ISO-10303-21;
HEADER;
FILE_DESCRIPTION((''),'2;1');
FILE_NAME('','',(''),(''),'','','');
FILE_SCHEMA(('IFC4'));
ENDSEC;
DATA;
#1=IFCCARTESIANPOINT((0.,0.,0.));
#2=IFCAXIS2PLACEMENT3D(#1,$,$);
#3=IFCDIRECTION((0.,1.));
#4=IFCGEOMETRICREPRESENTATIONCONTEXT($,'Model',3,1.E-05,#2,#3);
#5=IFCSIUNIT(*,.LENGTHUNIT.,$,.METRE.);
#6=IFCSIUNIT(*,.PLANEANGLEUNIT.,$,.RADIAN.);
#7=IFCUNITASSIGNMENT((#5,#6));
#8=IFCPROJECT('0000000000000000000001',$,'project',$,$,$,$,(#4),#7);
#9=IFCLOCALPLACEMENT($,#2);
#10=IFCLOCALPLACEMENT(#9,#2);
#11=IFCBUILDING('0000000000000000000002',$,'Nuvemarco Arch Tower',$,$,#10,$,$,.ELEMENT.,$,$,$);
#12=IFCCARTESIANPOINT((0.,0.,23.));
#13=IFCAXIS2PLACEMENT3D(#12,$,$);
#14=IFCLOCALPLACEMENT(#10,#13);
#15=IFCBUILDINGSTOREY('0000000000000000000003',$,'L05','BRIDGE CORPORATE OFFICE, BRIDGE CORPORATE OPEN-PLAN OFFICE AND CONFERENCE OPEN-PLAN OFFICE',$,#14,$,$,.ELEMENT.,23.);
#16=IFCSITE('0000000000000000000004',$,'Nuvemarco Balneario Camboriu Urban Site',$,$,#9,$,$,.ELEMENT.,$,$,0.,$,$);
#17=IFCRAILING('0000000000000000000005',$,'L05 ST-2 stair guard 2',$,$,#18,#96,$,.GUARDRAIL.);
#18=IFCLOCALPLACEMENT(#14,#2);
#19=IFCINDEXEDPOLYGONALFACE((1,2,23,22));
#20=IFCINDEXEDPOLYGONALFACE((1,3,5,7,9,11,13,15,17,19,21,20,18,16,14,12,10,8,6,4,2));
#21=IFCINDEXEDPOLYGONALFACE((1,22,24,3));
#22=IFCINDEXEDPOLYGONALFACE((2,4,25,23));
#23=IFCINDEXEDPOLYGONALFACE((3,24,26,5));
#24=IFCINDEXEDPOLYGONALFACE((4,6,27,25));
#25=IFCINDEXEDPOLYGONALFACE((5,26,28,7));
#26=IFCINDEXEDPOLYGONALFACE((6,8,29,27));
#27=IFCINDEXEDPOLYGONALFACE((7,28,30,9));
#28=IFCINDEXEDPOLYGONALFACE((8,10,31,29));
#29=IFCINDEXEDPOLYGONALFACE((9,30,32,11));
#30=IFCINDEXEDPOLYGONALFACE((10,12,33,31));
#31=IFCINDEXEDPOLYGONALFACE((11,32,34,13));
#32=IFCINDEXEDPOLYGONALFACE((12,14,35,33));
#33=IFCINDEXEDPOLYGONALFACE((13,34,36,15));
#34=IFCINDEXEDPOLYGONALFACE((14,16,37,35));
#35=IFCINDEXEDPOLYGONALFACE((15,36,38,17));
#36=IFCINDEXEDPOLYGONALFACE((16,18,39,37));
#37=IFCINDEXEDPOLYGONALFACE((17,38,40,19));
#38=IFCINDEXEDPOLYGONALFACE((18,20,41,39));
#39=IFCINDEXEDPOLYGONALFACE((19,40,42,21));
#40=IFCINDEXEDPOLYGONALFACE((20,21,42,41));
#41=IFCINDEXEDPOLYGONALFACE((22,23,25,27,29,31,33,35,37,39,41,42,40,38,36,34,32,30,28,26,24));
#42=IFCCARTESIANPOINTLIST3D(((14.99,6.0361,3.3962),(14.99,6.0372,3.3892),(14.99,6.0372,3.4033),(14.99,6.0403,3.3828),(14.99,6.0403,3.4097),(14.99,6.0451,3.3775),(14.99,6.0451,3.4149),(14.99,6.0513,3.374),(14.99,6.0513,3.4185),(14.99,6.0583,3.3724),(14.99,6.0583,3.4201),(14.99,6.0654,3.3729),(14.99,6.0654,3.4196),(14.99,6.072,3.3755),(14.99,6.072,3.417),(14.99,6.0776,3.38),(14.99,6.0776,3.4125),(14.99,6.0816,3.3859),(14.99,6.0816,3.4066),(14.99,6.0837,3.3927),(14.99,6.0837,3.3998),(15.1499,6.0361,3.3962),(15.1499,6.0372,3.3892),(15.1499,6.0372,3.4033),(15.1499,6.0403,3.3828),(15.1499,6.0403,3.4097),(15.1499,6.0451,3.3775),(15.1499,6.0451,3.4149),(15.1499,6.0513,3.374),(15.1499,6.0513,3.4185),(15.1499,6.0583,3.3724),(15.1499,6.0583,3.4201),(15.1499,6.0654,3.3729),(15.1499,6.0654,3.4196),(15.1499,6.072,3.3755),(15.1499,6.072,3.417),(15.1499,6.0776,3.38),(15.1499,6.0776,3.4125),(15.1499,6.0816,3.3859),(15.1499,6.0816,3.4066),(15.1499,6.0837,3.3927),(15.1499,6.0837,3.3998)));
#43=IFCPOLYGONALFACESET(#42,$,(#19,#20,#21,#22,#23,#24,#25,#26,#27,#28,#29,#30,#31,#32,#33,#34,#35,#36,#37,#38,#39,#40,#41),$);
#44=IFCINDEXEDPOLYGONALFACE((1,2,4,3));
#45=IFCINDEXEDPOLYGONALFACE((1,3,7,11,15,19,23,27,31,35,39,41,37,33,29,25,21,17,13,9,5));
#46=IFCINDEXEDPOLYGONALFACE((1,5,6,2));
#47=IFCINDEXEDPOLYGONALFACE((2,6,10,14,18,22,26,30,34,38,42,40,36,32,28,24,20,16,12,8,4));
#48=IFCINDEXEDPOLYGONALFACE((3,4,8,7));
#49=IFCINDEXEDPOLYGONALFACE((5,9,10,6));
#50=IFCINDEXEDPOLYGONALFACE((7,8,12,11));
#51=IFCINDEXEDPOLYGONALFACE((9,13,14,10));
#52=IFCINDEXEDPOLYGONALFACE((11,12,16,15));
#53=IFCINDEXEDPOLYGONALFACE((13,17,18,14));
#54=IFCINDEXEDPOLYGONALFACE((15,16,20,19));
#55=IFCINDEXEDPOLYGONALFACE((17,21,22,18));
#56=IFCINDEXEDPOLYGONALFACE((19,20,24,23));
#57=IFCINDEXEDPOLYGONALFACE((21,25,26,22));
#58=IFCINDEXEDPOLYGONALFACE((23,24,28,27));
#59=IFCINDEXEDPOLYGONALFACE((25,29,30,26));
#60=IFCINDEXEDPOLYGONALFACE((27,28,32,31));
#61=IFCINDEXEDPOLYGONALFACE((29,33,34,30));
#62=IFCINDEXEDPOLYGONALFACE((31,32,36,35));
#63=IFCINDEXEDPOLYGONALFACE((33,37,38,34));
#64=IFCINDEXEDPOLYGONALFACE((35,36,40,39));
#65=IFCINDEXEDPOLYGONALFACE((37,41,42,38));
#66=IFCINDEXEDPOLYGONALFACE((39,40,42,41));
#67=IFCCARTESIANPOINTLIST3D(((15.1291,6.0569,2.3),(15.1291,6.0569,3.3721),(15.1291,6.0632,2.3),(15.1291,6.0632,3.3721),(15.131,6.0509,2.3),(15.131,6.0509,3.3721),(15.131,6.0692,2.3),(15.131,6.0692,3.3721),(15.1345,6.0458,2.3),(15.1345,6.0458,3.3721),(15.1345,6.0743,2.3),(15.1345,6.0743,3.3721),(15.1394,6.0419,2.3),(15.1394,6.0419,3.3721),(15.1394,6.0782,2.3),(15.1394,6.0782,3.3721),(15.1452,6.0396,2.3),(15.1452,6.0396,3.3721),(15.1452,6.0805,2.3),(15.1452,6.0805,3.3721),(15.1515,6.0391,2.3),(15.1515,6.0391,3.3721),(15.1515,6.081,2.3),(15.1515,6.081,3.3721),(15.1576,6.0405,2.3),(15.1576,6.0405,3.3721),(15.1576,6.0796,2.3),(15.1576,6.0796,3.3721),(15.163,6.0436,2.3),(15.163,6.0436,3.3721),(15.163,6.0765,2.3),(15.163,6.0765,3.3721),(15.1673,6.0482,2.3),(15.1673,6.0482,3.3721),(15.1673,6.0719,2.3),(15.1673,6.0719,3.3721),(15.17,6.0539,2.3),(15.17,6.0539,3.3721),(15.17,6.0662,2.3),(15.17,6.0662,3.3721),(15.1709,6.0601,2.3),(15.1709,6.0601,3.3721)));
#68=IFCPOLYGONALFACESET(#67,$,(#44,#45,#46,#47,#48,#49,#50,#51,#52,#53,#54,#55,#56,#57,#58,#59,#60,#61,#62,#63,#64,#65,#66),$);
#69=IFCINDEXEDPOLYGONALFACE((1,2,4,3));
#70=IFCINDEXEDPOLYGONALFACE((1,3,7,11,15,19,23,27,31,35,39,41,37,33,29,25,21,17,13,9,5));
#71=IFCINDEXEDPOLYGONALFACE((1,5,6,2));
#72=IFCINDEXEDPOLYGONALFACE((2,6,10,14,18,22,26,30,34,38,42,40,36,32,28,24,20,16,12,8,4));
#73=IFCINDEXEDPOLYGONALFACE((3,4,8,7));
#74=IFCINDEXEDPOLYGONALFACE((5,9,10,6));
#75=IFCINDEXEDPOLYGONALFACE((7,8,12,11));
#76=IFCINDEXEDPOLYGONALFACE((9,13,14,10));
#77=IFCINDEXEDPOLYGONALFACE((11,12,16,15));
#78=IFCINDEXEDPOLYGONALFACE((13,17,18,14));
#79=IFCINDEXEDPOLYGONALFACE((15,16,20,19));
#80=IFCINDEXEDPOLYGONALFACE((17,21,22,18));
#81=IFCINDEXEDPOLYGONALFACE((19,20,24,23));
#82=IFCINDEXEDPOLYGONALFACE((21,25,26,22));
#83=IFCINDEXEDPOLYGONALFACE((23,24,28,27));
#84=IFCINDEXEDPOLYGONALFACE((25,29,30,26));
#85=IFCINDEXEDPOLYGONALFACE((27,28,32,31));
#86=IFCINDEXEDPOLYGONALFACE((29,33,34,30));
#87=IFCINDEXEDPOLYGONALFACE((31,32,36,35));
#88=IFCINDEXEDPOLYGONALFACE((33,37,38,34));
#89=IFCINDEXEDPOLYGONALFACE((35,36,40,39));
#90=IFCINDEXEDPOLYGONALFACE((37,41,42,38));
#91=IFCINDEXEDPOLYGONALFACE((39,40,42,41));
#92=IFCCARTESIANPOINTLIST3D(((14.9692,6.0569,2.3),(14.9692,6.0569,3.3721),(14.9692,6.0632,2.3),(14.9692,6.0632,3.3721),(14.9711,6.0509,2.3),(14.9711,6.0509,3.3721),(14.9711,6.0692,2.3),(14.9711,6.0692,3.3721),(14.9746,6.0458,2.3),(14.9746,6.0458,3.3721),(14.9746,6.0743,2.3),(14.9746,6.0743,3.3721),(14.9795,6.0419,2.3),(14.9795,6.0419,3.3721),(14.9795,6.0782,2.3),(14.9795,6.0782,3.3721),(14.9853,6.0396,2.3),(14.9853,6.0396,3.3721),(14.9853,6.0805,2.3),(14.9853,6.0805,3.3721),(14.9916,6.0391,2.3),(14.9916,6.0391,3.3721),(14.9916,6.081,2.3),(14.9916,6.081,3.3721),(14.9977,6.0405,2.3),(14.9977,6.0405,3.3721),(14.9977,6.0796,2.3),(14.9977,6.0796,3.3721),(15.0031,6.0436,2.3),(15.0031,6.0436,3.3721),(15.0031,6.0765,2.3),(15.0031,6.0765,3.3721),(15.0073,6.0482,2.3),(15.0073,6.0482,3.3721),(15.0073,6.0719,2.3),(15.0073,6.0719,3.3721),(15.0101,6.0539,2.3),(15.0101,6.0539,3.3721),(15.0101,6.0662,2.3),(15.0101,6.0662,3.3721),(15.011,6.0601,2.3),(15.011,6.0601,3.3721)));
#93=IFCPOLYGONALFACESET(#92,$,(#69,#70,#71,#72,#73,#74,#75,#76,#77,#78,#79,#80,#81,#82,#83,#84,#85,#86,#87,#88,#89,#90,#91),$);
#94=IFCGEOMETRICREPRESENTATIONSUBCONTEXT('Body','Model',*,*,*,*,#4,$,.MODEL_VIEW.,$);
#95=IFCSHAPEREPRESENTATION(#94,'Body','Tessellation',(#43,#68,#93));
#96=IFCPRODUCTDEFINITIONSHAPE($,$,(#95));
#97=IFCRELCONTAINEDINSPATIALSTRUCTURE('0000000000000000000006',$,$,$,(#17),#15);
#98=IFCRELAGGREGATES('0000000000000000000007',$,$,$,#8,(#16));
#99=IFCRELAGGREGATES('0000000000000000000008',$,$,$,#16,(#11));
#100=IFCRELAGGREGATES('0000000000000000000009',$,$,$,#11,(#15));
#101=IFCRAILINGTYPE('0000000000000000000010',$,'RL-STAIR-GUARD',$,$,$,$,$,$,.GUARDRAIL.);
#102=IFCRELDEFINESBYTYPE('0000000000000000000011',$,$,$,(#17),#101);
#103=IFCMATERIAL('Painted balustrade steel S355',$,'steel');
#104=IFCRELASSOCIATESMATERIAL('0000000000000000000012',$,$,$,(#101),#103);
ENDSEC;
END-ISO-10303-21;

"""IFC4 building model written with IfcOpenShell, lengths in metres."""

from ifc_helpers import new_model, si_unit, direction, frame, origin, origin_2d, place, context, subcontext, project, spatial, circle, extrude, material, type_object, element, save


model = new_model("IFC4")

# Units and contexts
model_context = context("Model", 3, precision=1e-05, world=origin(), true_north=direction((0.0, 1.0)))
body_context = subcontext(model_context, "Body", "Model", "MODEL_VIEW")
ifc_project = project(units=[si_unit("LENGTHUNIT", "METRE"), si_unit("PLANEANGLEUNIT", "RADIAN")], contexts=[model_context])

# Site, building, storey
site_placement = place(None, origin())
site = spatial("IfcSite", under=ifc_project, at=site_placement, Name="Nuvemarco Balneario Camboriu Urban Site", CompositionType="ELEMENT", RefElevation=0.0)
building_placement = place(site_placement, origin())
building = spatial("IfcBuilding", under=site, at=building_placement, Name="Nuvemarco Arch Tower", CompositionType="ELEMENT")
storey_placement = place(building_placement, frame((0.0, 0.0, 23.0)))
storey = spatial("IfcBuildingStorey", under=building, at=storey_placement, Name="L05", Description="BRIDGE CORPORATE OFFICE, BRIDGE CORPORATE OPEN-PLAN OFFICE AND CONFERENCE OPEN-PLAN OFFICE", CompositionType="ELEMENT", Elevation=23.0)

# Railing
ifc_material_1 = material(Name="Painted balustrade steel S355", Category="steel")
railing_type_1 = type_object("IfcRailingType", Name="RL-STAIR-GUARD", PredefinedType="GUARDRAIL", material=ifc_material_1)
railing_1_placement = place(storey_placement, frame((15.1499, 6.0601, 2.3)))
element("IfcRailing", 1, at=railing_1_placement, inside=storey, type_object=railing_type_1, Name="L05 ST-2 stair guard 2", PredefinedType="GUARDRAIL", context=body_context, shape_type="SweptSolid", body=[
    extrude(circle(Radius=0.0239, at=origin_2d()), frame((0.0, 0.0, 1.0962), z_axis=(-1.0, 0.0, 0.0), x_axis=(0.0, -1.0, 0.0)), (0.0, 0.0, 1.0), 0.1599),
    extrude(circle(Radius=0.021, at=origin_2d()), origin(), (0.0, 0.0, 1.0), 1.072),
    extrude(circle(Radius=0.021, at=origin_2d()), frame((-0.1599, 0.0, 0.0)), (0.0, 0.0, 1.0), 1.072),
])

save(model, "model.ifc")
